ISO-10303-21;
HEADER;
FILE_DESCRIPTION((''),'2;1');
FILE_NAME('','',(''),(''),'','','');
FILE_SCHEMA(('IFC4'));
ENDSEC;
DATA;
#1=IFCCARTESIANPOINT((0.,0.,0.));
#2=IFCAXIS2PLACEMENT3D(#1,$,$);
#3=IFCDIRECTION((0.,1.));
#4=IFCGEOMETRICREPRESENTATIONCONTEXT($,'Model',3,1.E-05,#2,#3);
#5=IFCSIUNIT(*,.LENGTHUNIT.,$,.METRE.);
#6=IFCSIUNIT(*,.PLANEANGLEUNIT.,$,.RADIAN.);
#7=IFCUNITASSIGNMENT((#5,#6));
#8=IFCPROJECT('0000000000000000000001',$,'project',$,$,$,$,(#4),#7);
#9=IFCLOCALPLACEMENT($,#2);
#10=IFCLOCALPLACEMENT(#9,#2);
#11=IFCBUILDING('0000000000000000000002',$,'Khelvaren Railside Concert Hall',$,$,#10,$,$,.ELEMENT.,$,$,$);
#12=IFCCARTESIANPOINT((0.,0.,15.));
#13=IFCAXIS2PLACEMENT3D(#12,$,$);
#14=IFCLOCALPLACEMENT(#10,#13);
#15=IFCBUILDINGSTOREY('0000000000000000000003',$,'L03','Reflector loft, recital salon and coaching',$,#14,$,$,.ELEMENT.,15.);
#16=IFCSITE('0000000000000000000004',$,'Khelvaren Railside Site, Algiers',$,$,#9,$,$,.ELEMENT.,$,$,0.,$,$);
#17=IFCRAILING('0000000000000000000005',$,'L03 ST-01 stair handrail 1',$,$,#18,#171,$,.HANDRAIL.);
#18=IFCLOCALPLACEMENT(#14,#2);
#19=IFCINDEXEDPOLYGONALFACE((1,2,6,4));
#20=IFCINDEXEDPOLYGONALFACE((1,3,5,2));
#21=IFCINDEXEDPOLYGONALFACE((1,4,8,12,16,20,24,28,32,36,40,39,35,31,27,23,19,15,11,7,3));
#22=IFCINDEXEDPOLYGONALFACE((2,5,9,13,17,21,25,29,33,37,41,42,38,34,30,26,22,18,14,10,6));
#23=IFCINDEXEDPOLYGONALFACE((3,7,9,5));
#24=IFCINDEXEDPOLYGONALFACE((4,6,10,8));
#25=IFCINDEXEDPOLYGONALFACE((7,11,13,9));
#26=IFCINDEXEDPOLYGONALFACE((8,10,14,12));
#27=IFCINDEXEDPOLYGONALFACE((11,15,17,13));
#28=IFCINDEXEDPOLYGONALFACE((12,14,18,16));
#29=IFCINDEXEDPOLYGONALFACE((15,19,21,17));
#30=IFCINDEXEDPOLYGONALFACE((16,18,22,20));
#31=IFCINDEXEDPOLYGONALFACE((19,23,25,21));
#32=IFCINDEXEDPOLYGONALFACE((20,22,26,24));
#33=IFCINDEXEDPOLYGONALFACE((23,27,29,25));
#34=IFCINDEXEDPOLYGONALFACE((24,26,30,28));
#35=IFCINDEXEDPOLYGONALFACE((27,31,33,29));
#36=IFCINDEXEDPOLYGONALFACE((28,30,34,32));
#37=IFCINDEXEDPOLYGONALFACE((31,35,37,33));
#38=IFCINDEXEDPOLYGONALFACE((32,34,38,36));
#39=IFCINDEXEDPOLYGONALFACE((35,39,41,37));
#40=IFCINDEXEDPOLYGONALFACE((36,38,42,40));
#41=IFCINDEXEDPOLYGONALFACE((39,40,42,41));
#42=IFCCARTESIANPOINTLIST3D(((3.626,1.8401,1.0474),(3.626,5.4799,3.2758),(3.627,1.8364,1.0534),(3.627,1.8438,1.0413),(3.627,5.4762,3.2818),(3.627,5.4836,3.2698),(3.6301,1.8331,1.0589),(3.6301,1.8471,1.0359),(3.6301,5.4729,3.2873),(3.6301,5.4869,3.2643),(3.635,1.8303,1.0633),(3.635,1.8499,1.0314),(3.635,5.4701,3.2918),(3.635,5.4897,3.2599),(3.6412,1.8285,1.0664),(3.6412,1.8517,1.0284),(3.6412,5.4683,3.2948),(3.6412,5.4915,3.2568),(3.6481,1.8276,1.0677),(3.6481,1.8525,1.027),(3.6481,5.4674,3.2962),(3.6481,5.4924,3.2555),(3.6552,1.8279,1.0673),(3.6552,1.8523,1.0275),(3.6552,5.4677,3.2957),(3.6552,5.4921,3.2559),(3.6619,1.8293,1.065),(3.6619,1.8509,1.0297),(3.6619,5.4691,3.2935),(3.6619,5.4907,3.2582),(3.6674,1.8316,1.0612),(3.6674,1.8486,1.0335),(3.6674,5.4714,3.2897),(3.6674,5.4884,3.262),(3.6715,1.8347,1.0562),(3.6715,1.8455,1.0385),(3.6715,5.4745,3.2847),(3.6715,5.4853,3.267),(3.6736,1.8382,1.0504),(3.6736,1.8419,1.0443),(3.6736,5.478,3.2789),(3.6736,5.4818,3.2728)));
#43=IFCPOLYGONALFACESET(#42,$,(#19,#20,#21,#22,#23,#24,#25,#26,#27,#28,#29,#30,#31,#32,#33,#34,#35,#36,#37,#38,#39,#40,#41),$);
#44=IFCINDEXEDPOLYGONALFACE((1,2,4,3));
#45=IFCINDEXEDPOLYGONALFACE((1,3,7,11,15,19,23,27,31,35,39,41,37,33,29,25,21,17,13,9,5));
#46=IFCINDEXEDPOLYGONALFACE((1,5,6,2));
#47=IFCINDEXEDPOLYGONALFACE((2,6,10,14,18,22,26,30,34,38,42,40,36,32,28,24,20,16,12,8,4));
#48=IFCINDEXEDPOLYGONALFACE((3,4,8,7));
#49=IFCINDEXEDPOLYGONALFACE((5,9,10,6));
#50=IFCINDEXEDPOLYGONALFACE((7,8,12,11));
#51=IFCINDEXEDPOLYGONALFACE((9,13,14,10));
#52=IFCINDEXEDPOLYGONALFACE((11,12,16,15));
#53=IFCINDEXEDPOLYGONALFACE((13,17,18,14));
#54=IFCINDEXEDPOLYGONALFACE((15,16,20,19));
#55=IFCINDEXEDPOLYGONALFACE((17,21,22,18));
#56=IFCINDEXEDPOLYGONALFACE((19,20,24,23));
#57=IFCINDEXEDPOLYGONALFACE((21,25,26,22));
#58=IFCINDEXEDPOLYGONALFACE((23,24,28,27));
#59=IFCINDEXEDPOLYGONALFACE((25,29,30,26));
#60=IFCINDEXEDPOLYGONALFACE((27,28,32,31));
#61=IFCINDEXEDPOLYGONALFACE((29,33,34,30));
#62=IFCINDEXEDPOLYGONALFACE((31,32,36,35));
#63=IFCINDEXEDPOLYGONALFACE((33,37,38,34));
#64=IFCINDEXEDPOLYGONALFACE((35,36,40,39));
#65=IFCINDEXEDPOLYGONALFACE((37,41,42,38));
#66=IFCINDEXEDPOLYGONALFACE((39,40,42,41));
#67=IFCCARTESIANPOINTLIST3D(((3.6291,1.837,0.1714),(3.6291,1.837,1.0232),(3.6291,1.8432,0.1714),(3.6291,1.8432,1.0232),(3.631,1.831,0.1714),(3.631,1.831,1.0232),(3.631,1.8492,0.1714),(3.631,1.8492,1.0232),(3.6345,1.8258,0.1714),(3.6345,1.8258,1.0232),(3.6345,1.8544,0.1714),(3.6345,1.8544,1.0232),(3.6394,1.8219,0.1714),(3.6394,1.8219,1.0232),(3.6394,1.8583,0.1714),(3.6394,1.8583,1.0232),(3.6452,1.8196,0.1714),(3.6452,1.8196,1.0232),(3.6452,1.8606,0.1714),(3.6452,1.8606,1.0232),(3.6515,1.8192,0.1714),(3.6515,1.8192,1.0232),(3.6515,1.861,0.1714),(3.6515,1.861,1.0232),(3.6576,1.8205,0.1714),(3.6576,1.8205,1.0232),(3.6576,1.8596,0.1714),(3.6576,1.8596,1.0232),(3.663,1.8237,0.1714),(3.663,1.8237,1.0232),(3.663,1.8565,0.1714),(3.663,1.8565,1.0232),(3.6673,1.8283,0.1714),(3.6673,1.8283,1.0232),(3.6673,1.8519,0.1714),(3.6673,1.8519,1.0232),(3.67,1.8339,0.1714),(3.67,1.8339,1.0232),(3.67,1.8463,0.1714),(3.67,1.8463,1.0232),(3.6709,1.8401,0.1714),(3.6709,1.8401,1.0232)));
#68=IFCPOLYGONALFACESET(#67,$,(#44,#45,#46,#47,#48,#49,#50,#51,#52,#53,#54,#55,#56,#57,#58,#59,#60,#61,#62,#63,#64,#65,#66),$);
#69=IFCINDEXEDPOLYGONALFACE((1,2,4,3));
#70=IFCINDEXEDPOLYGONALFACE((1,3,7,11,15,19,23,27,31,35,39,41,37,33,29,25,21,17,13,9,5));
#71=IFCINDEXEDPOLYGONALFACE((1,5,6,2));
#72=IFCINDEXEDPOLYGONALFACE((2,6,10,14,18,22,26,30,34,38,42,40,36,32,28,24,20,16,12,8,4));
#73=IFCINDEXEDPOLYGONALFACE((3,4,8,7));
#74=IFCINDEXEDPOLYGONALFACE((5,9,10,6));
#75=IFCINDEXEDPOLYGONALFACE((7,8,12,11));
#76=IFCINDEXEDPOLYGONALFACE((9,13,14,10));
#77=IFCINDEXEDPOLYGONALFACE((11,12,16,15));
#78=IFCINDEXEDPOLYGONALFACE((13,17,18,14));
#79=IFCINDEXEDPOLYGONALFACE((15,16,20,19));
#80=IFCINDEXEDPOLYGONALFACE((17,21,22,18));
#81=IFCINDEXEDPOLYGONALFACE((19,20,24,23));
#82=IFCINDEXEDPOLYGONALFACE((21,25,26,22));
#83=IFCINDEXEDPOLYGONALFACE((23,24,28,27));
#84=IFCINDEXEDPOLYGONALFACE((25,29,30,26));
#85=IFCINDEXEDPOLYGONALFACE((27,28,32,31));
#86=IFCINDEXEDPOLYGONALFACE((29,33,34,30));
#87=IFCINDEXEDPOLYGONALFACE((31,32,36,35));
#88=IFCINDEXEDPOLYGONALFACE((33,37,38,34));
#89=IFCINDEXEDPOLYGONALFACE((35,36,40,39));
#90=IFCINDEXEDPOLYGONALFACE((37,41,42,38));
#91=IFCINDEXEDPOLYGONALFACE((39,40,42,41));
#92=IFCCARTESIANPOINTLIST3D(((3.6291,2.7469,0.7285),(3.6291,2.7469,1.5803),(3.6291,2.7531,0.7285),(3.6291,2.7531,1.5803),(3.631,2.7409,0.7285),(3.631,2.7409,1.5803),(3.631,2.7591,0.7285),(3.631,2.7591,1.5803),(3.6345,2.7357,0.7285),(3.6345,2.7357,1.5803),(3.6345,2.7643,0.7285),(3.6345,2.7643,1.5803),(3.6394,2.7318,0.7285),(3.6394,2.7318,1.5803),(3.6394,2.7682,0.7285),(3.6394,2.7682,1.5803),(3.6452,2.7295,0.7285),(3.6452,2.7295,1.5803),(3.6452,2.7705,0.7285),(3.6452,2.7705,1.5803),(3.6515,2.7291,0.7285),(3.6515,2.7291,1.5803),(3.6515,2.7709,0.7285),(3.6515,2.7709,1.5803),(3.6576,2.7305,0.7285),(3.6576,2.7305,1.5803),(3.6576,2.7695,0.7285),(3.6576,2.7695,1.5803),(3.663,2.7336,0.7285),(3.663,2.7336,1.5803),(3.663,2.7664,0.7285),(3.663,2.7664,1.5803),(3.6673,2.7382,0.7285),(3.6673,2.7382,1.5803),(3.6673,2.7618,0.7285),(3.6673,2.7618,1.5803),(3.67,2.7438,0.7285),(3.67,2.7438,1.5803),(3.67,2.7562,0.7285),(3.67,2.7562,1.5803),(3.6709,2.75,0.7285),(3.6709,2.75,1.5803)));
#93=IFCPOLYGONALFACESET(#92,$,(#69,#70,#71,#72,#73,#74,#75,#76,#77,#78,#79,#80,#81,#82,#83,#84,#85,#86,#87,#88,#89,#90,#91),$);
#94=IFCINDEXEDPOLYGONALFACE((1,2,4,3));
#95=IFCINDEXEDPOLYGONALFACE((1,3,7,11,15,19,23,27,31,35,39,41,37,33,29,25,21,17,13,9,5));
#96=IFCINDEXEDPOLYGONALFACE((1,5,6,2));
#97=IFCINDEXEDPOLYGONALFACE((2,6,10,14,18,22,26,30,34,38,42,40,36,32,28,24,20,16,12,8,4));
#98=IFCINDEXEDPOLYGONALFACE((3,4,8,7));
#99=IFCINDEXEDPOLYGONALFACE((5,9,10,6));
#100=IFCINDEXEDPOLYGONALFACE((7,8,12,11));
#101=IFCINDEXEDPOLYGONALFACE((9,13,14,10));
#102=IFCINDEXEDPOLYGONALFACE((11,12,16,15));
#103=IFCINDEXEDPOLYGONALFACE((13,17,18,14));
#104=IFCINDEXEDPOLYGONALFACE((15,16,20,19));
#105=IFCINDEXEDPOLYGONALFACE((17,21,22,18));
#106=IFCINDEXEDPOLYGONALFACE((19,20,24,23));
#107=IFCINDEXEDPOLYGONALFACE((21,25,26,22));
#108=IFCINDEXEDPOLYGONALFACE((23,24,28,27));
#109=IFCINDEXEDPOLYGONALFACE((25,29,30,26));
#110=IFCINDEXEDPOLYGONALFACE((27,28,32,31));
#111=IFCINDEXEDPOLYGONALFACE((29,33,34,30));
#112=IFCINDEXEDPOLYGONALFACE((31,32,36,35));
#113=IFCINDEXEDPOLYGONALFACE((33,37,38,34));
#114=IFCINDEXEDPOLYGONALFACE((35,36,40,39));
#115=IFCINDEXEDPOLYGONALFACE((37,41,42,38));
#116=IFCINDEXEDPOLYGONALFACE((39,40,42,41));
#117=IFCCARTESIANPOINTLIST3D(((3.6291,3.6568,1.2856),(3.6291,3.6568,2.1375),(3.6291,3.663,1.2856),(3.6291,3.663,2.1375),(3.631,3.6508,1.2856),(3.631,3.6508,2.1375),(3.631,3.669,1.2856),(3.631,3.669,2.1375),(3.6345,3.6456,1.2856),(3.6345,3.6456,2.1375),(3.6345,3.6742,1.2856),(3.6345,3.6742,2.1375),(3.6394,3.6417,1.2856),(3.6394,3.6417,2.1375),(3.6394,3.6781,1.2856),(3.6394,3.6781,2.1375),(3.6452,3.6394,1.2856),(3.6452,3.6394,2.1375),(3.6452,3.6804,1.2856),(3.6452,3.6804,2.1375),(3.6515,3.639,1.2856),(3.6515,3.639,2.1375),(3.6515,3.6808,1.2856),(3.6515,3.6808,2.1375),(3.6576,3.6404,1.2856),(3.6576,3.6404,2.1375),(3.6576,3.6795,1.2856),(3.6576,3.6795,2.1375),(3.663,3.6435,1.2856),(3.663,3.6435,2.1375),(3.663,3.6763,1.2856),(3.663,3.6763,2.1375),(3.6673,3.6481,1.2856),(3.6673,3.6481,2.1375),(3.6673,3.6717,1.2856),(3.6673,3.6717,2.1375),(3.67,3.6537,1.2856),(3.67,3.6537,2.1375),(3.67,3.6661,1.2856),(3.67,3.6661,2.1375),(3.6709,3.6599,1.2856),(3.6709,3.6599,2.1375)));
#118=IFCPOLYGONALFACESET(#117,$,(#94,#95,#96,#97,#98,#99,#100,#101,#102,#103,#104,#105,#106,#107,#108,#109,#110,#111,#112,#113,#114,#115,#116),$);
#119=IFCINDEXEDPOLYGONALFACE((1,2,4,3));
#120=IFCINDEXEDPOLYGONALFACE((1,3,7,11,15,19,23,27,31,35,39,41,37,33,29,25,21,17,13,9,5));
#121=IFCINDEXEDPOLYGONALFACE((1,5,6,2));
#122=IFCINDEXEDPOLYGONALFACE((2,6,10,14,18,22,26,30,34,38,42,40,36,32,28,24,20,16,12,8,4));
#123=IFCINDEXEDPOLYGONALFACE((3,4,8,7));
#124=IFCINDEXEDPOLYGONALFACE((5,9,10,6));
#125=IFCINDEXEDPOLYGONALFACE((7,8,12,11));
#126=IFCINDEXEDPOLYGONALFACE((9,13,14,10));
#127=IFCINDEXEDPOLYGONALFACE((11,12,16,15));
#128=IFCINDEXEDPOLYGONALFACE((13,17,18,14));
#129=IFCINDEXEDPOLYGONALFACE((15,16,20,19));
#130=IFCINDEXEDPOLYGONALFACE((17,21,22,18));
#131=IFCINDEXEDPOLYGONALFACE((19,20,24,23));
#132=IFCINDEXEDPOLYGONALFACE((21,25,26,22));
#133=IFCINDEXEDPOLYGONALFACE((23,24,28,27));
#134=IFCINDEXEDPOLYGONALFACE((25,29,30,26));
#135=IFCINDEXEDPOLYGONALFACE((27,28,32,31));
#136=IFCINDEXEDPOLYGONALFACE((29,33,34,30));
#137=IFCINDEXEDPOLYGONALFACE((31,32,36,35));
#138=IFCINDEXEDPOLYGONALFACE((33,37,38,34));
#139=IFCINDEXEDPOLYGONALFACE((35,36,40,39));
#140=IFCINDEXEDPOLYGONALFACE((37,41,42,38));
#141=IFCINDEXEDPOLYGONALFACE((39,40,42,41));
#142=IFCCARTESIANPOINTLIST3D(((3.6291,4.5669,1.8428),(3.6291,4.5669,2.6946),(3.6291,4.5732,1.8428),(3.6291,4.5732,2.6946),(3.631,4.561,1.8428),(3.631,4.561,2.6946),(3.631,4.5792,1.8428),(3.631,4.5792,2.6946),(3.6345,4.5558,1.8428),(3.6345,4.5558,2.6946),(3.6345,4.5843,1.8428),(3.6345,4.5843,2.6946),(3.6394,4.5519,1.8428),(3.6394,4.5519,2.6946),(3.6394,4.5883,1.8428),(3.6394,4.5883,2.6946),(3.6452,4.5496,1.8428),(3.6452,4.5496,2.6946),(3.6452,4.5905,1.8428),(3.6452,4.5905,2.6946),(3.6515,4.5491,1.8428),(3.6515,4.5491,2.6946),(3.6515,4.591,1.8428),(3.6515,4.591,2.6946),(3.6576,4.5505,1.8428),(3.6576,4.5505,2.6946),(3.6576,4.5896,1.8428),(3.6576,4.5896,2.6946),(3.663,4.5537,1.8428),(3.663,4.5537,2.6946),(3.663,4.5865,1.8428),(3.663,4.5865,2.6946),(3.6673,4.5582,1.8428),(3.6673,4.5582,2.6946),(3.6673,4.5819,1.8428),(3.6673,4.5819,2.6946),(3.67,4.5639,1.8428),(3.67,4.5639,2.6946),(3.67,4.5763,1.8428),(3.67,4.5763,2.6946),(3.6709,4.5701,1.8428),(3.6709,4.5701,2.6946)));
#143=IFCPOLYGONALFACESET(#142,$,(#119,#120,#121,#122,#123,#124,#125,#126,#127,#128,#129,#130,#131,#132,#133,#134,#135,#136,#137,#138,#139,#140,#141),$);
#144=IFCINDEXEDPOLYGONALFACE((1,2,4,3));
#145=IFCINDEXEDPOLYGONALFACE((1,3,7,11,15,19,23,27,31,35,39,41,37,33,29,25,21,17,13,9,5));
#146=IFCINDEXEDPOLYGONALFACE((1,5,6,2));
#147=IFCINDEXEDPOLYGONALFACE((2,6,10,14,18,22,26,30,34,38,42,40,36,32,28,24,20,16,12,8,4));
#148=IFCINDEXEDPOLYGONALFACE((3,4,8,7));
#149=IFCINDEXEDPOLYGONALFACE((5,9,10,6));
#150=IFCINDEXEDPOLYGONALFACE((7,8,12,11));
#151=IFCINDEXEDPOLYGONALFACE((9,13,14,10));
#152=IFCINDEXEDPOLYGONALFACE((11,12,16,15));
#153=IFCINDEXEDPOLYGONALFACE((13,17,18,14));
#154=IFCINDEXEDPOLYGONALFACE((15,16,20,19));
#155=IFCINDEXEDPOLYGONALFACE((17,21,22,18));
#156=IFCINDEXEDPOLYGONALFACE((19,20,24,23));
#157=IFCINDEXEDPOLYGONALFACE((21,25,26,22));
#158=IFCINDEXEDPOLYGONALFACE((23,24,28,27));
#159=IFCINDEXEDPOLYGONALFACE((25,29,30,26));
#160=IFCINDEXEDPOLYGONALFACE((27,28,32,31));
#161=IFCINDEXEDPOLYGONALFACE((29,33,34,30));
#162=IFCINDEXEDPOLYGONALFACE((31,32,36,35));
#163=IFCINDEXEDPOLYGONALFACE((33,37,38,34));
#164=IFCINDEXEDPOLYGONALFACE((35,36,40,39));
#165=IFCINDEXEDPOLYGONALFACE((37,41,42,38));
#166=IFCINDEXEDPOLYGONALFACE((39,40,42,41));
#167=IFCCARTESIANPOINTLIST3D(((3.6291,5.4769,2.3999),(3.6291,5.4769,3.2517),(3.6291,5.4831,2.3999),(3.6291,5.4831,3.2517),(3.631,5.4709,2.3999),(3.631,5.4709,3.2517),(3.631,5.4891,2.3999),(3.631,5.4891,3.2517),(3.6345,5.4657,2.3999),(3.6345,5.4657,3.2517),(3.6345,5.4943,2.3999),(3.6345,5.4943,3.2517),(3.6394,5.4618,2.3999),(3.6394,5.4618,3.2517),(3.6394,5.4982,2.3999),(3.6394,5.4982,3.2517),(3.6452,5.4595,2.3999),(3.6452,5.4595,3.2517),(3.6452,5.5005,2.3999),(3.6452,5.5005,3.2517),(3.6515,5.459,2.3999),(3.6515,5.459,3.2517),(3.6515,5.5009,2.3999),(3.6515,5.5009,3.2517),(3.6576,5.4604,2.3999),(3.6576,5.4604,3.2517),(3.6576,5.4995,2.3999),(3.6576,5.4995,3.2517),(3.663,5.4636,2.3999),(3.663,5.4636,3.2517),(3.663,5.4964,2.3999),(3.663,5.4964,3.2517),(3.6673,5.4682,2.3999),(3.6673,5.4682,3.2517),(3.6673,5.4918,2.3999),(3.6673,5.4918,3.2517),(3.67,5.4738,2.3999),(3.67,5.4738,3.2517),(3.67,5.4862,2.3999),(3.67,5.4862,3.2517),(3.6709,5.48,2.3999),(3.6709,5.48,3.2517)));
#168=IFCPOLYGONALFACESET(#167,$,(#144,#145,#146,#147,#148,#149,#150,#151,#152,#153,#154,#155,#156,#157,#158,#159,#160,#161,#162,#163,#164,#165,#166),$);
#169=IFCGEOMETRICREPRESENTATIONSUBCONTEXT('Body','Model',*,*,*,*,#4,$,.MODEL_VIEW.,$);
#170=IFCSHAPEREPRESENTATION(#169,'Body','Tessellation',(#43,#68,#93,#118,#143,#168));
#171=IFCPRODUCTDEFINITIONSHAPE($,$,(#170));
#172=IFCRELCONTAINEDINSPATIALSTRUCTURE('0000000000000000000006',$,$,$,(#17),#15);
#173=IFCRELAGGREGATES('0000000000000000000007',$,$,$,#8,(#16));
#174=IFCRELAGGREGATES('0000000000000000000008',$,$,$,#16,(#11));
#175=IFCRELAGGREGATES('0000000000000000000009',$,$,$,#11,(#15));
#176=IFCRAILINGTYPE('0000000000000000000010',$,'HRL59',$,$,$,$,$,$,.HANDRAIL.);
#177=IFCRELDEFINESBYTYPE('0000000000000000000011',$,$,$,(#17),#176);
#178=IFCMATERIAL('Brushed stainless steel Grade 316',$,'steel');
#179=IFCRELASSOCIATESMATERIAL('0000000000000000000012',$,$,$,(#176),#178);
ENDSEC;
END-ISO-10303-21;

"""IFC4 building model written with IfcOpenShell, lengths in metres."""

from ifc_helpers import new_model, si_unit, direction, frame, origin, origin_2d, place, context, subcontext, project, spatial, circle, extrude, material, type_object, element, save


model = new_model("IFC4")

# Units and contexts
model_context = context("Model", 3, precision=1e-05, world=origin(), true_north=direction((0.0, 1.0)))
body_context = subcontext(model_context, "Body", "Model", "MODEL_VIEW")
ifc_project = project(units=[si_unit("LENGTHUNIT", "METRE"), si_unit("PLANEANGLEUNIT", "RADIAN")], contexts=[model_context])

# Site, building, storey
site_placement = place(None, origin())
site = spatial("IfcSite", under=ifc_project, at=site_placement, Name="Khelvaren Railside Site, Algiers", CompositionType="ELEMENT", RefElevation=0.0)
building_placement = place(site_placement, origin())
building = spatial("IfcBuilding", under=site, at=building_placement, Name="Khelvaren Railside Concert Hall", CompositionType="ELEMENT")
storey_placement = place(building_placement, frame((0.0, 0.0, 15.0)))
storey = spatial("IfcBuildingStorey", under=building, at=storey_placement, Name="L03", Description="Reflector loft, recital salon and coaching", CompositionType="ELEMENT", Elevation=15.0)

# Railing
ifc_material_1 = material(Name="Brushed stainless steel Grade 316", Category="steel")
railing_type_1 = type_object("IfcRailingType", Name="HRL59", PredefinedType="HANDRAIL", material=ifc_material_1)
railing_1_placement = place(storey_placement, frame((3.6499, 1.8401, 0.1714)))
element("IfcRailing", 1, at=railing_1_placement, inside=storey, type_object=railing_type_1, Name="L03 ST-01 stair handrail 1", PredefinedType="HANDRAIL", context=body_context, shape_type="SweptSolid", body=[
    extrude(circle(Radius=0.0239, at=origin_2d()), frame((0.0, 0.0, 0.876), z_axis=(0.0, 0.85285, 0.522156), x_axis=(-1.0, 0.0, 0.0)), (0.0, 0.0, 1.0), 4.2678),
    extrude(circle(Radius=0.021, at=origin_2d()), origin(), (0.0, 0.0, 1.0), 0.8518),
    extrude(circle(Radius=0.021, at=origin_2d()), frame((0.0, 0.9099, 0.5571)), (0.0, 0.0, 1.0), 0.8518),
    extrude(circle(Radius=0.021, at=origin_2d()), frame((0.0, 1.8198, 1.1143)), (0.0, 0.0, 1.0), 0.8518),
    extrude(circle(Radius=0.021, at=origin_2d()), frame((0.0, 2.73, 1.6714)), (0.0, 0.0, 1.0), 0.8518),
    extrude(circle(Radius=0.021, at=origin_2d()), frame((0.0, 3.6399, 2.2285)), (0.0, 0.0, 1.0), 0.8518),
])

save(model, "model.ifc")
